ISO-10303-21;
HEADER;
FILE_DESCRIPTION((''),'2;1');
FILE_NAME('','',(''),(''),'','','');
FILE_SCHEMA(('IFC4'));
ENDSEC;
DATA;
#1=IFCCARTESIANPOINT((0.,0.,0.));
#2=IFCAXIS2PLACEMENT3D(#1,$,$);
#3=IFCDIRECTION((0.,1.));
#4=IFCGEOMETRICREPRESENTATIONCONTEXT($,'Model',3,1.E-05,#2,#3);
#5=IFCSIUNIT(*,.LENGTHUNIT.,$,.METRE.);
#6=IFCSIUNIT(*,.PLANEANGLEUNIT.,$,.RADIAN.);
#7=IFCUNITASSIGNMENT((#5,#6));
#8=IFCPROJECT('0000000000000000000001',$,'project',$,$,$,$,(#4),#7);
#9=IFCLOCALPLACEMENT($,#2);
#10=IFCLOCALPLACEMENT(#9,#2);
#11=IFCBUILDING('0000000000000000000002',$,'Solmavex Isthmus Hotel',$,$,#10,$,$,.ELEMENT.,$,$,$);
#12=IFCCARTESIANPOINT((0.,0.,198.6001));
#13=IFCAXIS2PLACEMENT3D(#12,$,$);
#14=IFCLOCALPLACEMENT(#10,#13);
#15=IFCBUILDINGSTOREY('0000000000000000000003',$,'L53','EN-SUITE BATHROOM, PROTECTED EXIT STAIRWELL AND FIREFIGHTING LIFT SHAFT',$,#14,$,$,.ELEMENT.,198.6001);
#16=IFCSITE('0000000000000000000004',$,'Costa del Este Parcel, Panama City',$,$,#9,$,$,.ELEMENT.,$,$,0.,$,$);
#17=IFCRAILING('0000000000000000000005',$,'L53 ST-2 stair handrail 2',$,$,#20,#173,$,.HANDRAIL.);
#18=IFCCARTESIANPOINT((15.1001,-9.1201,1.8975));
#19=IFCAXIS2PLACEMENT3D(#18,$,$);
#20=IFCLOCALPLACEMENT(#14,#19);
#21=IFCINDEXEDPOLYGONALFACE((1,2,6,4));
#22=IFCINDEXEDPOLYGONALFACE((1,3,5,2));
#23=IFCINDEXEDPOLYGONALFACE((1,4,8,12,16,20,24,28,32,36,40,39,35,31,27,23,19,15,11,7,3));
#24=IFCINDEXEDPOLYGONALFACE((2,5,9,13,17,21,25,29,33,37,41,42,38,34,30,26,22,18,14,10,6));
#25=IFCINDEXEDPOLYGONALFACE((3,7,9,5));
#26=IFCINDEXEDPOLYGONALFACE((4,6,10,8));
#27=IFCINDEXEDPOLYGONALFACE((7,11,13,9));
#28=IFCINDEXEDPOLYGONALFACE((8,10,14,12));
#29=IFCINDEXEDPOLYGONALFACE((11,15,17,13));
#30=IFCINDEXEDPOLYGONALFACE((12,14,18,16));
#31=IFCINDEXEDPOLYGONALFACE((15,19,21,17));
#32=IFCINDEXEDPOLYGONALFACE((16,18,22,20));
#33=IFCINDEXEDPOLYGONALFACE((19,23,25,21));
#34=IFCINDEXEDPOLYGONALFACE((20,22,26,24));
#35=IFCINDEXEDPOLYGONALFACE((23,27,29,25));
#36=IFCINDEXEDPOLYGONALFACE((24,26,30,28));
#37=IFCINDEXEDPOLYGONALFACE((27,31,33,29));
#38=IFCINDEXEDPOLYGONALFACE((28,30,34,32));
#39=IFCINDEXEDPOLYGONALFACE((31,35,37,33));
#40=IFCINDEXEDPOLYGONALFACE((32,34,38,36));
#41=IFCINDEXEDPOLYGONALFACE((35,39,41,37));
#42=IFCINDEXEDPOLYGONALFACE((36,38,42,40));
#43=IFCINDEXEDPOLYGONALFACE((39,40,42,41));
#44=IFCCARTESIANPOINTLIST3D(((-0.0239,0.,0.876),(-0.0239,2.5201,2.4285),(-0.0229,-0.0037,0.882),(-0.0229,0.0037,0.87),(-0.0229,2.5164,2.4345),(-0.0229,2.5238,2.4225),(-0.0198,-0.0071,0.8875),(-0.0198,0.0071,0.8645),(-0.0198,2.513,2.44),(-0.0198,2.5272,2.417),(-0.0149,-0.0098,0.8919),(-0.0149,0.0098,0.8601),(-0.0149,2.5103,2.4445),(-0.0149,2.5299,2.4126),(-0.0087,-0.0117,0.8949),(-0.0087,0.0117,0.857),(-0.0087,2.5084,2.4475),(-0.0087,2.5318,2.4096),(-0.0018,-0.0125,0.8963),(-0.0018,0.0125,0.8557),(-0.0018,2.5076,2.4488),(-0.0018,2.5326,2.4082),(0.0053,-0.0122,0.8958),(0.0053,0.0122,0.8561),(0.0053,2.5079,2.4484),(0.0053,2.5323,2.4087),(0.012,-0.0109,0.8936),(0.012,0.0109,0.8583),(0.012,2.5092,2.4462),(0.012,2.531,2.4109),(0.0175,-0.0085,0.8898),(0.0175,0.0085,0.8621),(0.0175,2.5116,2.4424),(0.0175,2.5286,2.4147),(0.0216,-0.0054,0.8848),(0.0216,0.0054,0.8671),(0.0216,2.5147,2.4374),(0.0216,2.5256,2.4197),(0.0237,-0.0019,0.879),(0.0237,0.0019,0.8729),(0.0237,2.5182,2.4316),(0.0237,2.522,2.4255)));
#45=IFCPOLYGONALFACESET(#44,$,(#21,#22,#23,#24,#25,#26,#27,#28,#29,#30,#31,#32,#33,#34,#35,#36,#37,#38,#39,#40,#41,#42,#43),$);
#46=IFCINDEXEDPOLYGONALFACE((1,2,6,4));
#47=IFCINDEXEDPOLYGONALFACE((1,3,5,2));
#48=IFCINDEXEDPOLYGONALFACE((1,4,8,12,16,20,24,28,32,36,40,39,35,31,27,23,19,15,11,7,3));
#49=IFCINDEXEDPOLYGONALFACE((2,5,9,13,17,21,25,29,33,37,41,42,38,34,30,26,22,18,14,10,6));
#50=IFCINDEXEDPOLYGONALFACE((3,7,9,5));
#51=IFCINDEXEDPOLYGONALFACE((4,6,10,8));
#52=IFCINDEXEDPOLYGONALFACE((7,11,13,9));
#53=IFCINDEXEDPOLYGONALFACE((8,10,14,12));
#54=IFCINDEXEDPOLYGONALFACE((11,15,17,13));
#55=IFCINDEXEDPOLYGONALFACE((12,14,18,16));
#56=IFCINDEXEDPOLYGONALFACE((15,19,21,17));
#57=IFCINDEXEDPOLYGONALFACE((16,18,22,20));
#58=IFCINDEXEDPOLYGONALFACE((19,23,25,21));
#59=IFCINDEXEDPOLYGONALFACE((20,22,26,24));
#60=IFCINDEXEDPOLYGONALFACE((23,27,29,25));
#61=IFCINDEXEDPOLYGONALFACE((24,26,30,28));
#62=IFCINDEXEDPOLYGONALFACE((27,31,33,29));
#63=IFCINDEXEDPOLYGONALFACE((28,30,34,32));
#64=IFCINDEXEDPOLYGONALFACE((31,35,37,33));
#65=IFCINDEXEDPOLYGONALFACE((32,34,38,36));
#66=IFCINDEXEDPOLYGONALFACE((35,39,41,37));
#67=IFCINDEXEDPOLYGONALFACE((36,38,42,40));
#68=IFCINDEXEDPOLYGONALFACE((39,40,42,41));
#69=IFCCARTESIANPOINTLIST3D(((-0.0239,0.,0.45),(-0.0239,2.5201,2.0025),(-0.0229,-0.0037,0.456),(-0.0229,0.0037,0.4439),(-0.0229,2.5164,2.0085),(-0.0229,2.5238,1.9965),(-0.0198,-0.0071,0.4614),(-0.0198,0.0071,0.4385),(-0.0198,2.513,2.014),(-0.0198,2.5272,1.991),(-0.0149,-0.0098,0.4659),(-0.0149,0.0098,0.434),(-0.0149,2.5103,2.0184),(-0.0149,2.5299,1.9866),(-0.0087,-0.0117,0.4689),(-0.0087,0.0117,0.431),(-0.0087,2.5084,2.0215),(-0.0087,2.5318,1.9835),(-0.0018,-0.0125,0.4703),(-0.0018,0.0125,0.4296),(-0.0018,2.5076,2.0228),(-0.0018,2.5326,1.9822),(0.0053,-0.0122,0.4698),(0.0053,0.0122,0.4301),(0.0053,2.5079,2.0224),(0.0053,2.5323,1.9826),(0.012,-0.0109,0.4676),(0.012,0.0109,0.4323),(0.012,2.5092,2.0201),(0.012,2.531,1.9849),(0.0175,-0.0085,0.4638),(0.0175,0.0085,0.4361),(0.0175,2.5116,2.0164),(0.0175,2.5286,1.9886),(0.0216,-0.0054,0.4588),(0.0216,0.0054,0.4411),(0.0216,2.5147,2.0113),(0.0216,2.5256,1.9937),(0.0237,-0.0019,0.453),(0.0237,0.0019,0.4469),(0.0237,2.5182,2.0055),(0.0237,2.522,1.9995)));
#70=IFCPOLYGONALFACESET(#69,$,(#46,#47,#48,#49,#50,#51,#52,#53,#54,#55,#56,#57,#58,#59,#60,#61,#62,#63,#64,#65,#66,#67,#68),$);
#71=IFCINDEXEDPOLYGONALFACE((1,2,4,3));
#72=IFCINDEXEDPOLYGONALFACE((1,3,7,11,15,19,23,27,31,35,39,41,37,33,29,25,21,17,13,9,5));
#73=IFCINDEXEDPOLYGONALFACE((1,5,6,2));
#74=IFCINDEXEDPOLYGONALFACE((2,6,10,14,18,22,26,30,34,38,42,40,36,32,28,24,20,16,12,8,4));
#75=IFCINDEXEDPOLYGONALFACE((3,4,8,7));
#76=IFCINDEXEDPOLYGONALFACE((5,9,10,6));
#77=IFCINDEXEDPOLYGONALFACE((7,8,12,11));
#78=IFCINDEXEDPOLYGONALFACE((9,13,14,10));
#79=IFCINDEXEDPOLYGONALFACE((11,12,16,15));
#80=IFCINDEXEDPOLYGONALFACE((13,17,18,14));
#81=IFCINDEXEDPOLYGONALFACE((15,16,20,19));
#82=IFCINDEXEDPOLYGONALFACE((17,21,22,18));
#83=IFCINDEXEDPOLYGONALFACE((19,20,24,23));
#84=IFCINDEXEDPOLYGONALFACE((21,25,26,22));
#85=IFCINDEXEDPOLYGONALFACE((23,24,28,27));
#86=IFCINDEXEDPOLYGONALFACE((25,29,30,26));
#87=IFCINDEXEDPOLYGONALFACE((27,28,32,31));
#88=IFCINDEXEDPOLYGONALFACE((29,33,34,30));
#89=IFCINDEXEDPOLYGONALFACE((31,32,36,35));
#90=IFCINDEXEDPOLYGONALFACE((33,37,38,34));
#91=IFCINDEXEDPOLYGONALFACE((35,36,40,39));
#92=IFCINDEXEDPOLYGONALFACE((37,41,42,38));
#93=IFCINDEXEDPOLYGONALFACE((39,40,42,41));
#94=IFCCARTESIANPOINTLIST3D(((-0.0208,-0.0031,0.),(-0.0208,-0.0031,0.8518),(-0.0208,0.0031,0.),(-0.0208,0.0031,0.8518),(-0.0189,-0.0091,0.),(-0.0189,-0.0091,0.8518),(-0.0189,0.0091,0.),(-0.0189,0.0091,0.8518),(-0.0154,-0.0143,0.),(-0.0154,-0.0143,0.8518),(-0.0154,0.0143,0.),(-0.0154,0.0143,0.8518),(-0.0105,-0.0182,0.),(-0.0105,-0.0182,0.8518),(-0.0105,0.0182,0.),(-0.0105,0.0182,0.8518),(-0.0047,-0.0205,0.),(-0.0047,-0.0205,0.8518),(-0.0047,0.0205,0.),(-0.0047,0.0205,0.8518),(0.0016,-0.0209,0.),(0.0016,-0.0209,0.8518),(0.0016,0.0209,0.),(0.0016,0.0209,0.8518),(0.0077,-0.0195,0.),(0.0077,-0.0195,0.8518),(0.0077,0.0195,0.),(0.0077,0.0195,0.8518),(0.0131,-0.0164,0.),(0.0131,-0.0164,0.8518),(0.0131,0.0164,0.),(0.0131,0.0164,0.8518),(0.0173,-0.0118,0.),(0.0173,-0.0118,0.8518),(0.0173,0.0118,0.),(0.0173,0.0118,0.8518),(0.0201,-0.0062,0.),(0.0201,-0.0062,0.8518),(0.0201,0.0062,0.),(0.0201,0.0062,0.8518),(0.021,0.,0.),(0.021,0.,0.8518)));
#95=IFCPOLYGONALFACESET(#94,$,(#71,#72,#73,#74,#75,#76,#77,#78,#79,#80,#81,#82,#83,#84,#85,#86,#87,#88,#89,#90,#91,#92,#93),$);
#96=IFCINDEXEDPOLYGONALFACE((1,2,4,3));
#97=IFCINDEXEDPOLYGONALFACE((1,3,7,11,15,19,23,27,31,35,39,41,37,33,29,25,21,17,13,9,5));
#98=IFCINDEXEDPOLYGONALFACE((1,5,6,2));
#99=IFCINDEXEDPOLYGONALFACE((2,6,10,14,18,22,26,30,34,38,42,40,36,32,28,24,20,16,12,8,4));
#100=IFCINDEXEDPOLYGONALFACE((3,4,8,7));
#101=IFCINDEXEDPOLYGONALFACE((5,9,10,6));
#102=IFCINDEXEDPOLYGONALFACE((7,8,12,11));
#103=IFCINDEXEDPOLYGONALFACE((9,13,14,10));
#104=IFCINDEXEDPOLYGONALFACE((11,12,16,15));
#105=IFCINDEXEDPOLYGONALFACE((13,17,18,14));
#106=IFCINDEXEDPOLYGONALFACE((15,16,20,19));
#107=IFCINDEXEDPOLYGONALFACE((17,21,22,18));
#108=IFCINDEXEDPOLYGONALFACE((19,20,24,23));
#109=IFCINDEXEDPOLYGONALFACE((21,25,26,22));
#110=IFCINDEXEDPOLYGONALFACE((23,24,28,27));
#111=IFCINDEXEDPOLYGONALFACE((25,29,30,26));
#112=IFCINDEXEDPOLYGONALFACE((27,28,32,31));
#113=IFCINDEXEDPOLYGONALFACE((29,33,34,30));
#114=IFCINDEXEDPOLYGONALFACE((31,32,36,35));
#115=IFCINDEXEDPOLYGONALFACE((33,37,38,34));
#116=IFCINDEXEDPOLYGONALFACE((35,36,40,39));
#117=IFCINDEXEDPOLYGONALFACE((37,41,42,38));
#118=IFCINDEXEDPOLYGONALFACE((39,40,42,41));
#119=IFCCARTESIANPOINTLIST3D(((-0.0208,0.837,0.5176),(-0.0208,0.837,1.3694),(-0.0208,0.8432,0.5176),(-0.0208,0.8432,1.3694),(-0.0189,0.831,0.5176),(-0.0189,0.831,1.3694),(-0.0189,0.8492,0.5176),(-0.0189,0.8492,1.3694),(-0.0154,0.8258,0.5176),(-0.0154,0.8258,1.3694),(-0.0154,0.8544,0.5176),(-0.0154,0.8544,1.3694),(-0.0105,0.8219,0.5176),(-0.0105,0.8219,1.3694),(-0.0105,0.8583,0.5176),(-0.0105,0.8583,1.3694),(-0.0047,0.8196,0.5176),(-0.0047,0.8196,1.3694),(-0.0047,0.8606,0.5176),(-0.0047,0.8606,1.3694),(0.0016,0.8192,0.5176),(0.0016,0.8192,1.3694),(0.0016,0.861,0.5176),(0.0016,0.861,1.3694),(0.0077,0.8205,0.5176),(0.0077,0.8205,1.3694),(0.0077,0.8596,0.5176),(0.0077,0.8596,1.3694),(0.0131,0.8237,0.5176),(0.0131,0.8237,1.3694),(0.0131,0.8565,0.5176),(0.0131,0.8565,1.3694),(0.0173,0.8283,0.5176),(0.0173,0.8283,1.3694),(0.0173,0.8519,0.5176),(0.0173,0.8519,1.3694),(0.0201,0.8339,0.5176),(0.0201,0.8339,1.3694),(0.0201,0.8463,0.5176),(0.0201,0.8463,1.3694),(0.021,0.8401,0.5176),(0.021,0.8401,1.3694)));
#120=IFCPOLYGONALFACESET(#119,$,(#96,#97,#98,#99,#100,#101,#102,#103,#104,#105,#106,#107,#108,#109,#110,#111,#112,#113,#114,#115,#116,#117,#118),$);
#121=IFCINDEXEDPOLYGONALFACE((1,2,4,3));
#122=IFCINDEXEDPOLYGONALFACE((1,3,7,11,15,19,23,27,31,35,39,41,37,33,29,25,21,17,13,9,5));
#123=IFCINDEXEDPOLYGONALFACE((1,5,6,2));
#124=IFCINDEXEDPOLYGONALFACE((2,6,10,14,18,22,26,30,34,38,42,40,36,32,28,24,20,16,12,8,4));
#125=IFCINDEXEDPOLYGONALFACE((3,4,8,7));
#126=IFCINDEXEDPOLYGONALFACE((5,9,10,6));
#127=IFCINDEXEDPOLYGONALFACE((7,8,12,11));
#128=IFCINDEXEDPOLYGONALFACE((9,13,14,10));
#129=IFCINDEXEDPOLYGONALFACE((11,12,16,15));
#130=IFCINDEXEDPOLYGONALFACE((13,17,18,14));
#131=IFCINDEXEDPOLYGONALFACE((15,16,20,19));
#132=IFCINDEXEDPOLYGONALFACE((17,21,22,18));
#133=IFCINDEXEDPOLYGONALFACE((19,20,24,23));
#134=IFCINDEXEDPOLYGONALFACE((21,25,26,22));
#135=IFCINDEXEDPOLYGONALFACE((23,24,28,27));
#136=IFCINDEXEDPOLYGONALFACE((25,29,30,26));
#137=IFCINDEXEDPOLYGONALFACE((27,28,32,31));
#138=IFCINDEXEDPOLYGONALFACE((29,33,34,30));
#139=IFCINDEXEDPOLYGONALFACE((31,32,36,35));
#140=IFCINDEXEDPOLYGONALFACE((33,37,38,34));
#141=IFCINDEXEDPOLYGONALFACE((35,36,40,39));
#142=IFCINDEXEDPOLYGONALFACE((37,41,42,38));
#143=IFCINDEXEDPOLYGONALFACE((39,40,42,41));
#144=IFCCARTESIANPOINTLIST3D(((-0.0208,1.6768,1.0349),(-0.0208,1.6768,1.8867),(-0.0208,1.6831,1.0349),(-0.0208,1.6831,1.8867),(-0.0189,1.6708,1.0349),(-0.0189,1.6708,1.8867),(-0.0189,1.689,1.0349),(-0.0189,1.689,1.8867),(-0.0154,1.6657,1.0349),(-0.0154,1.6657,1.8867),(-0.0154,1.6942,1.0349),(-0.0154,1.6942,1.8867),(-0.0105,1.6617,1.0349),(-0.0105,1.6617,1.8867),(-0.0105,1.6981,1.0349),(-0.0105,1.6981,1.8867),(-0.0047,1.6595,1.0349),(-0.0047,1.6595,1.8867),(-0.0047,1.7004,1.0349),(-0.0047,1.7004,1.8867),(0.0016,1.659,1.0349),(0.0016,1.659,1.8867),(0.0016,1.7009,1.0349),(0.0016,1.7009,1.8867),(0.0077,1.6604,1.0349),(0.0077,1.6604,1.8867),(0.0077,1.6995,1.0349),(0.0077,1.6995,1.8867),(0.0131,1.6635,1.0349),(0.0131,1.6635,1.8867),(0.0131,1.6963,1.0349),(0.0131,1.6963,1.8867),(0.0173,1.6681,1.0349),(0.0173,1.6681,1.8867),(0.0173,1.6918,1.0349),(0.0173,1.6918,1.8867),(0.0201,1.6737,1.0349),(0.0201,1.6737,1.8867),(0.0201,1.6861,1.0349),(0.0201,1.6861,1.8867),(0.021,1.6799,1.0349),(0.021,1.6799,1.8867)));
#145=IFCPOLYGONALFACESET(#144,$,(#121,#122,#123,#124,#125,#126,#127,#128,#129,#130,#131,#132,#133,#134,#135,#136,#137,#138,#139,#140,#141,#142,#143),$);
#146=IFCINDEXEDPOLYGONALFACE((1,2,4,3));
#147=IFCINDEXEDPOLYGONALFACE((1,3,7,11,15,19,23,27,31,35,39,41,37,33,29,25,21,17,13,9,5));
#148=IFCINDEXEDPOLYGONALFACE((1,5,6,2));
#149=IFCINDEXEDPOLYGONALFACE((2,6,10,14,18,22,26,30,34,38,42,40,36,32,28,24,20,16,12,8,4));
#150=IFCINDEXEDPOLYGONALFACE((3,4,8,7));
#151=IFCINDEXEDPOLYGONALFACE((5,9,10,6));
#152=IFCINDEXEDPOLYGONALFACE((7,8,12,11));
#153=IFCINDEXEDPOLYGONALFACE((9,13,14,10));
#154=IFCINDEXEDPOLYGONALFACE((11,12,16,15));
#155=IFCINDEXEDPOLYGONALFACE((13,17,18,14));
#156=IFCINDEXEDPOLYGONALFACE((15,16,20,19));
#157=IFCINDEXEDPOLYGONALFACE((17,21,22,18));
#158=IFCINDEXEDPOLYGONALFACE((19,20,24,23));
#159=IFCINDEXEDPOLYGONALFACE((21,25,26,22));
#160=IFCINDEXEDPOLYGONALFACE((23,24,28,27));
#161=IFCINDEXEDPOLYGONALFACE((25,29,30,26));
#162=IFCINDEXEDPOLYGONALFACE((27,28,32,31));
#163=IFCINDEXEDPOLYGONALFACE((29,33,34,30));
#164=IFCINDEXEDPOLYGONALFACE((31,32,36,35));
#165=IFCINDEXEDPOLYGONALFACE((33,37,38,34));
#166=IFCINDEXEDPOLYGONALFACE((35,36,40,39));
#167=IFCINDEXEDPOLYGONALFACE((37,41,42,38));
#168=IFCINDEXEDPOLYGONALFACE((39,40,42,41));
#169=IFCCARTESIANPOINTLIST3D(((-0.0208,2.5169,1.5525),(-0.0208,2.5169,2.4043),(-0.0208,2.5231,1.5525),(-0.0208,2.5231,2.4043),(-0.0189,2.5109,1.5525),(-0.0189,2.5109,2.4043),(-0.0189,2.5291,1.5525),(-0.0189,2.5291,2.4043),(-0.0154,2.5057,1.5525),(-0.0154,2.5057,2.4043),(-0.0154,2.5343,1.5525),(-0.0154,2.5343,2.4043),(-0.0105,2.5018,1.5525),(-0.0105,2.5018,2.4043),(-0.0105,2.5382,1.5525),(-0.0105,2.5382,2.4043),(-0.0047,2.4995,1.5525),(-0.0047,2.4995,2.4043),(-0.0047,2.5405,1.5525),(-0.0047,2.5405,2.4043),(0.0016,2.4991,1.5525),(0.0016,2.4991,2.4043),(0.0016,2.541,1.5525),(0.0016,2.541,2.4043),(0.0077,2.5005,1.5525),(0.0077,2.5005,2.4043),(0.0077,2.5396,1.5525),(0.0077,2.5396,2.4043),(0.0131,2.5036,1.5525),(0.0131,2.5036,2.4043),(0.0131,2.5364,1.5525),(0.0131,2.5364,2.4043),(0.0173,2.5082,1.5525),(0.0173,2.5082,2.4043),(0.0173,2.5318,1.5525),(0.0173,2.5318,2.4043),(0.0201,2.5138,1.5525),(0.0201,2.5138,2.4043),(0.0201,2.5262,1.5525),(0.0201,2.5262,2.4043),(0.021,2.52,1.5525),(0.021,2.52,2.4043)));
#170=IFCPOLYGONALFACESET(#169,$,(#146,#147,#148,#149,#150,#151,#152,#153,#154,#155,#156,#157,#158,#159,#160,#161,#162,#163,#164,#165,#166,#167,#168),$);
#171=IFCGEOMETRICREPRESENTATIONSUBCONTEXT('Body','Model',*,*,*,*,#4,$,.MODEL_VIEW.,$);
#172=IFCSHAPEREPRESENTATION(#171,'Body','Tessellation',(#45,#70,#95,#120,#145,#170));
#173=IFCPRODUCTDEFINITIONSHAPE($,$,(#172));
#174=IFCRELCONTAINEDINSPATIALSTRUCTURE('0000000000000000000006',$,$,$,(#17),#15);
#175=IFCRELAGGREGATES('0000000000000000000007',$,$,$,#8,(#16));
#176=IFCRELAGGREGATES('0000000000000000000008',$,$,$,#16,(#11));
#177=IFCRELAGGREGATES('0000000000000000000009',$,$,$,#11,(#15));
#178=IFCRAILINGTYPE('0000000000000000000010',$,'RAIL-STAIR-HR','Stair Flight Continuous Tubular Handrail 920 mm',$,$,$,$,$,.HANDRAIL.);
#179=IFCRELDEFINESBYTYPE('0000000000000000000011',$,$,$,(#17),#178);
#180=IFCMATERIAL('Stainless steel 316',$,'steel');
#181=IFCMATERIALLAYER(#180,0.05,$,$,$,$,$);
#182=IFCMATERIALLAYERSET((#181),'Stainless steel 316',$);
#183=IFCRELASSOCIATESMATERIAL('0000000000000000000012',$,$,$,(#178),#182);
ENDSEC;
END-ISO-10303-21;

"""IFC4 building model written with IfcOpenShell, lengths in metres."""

from ifc_helpers import new_model, si_unit, direction, frame, origin, origin_2d, place, context, subcontext, project, spatial, circle, extrude, material, layer, layer_set, type_object, element, save


model = new_model("IFC4")

# Units and contexts
model_context = context("Model", 3, precision=1e-05, world=origin(), true_north=direction((0.0, 1.0)))
body_context = subcontext(model_context, "Body", "Model", "MODEL_VIEW")
ifc_project = project(units=[si_unit("LENGTHUNIT", "METRE"), si_unit("PLANEANGLEUNIT", "RADIAN")], contexts=[model_context])

# Site, building, storey
site_placement = place(None, origin())
site = spatial("IfcSite", under=ifc_project, at=site_placement, Name="Costa del Este Parcel, Panama City", CompositionType="ELEMENT", RefElevation=0.0)
building_placement = place(site_placement, origin())
building = spatial("IfcBuilding", under=site, at=building_placement, Name="Solmavex Isthmus Hotel", CompositionType="ELEMENT")
storey_placement = place(building_placement, frame((0.0, 0.0, 198.6001)))
storey = spatial("IfcBuildingStorey", under=building, at=storey_placement, Name="L53", Description="EN-SUITE BATHROOM, PROTECTED EXIT STAIRWELL AND FIREFIGHTING LIFT SHAFT", CompositionType="ELEMENT", Elevation=198.6001)

# Railing
ifc_material_1 = material(Name="Stainless steel 316", Category="steel")
ifc_layer_1 = layer(ifc_material_1, 0.05)
ifc_layer_set_1 = layer_set([ifc_layer_1], Name="Stainless steel 316")
railing_type_1 = type_object("IfcRailingType", Name="RAIL-STAIR-HR", Description="Stair Flight Continuous Tubular Handrail 920 mm", PredefinedType="HANDRAIL", material=ifc_layer_set_1)
railing_1_placement = place(storey_placement, frame((15.1001, -9.1201, 1.8975)))
element("IfcRailing", 1, at=railing_1_placement, inside=storey, type_object=railing_type_1, Name="L53 ST-2 stair handrail 2", PredefinedType="HANDRAIL", context=body_context, shape_type="SweptSolid", body=[
    extrude(circle(Radius=0.0239, at=origin_2d()), frame((0.0, 0.0, 0.876), z_axis=(0.0, 0.8514, 0.524516), x_axis=(-1.0, 0.0, 0.0)), (0.0, 0.0, 1.0), 2.96),
    extrude(circle(Radius=0.0239, at=origin_2d()), frame((0.0, 0.0, 0.45), z_axis=(0.0, 0.8514, 0.524516), x_axis=(-1.0, 0.0, 0.0)), (0.0, 0.0, 1.0), 2.96),
    extrude(circle(Radius=0.021, at=origin_2d()), origin(), (0.0, 0.0, 1.0), 0.8518),
    extrude(circle(Radius=0.021, at=origin_2d()), frame((0.0, 0.8401, 0.5176)), (0.0, 0.0, 1.0), 0.8518),
    extrude(circle(Radius=0.021, at=origin_2d()), frame((0.0, 1.6799, 1.0349)), (0.0, 0.0, 1.0), 0.8518),
    extrude(circle(Radius=0.021, at=origin_2d()), frame((0.0, 2.52, 1.5525)), (0.0, 0.0, 1.0), 0.8518),
])

save(model, "model.ifc")
